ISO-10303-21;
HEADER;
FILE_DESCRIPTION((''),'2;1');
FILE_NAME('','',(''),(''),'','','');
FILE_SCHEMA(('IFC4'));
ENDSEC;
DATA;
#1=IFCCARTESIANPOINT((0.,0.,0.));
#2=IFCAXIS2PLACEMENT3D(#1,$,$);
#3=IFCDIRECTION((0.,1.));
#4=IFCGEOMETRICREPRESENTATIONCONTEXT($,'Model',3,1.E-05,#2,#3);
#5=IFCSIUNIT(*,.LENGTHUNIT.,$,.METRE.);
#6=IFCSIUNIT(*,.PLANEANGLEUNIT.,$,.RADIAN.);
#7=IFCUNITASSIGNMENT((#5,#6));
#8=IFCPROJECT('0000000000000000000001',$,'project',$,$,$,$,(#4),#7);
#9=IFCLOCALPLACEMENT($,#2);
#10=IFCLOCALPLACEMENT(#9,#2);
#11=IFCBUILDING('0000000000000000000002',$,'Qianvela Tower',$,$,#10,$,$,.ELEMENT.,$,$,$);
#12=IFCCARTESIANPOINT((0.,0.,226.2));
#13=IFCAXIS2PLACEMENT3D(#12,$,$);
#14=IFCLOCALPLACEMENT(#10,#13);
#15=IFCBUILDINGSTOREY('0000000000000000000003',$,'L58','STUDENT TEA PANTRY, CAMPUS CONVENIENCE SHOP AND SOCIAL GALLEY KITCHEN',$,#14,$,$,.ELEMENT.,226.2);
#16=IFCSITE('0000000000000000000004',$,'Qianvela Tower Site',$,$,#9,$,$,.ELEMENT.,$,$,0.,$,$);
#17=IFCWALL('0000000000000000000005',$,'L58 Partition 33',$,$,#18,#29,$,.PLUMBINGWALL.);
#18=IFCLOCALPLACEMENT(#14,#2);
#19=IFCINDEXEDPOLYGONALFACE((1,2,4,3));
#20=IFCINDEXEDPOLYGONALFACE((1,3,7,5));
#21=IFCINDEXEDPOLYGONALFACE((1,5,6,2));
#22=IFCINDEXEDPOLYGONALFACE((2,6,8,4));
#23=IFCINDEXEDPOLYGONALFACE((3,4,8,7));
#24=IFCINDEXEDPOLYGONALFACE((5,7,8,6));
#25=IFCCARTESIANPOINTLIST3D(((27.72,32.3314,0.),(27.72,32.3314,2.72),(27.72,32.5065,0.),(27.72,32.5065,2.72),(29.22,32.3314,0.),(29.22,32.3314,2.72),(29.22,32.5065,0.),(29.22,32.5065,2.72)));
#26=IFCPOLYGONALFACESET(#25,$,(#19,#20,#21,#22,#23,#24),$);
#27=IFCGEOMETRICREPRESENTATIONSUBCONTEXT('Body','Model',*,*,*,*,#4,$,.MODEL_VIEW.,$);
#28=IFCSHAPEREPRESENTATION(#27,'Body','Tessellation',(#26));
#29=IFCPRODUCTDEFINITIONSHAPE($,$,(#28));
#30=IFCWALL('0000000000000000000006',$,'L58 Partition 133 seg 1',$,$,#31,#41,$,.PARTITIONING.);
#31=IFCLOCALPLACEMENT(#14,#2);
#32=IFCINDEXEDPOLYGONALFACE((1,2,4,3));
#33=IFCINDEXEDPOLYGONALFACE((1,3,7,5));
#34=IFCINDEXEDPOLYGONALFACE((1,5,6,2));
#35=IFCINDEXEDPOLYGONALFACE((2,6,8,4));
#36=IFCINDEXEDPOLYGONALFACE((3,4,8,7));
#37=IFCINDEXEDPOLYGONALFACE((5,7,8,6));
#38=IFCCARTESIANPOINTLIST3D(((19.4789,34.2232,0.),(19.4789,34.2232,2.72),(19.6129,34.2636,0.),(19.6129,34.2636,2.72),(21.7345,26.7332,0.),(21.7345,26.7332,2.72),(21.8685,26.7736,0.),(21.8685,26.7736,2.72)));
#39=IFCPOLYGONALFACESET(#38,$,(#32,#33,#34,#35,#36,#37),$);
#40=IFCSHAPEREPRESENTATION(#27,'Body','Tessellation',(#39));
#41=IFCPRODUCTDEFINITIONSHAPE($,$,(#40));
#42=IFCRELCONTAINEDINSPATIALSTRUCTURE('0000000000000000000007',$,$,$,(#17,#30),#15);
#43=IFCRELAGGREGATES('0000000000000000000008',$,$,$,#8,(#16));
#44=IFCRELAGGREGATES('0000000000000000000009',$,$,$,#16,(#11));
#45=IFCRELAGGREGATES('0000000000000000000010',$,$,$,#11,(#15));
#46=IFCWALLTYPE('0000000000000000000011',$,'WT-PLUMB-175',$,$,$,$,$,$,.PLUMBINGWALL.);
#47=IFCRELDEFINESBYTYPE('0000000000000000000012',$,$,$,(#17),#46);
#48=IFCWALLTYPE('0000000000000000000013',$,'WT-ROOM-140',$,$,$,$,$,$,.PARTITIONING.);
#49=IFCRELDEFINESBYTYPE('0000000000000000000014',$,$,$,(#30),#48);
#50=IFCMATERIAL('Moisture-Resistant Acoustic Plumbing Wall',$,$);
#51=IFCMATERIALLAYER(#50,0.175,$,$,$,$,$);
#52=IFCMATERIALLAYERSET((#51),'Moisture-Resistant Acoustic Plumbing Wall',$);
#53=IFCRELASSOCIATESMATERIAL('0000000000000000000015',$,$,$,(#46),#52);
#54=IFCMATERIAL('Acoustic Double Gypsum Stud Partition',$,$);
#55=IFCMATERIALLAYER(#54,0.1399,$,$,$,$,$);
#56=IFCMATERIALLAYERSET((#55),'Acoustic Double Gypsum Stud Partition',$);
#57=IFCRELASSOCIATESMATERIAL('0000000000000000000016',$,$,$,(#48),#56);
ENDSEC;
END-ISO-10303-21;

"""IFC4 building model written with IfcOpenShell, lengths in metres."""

from ifc_helpers import new_model, si_unit, direction, frame, frame_2d, origin, place, context, subcontext, project, spatial, rectangle, extrude, material, layer, layer_set, type_object, element, save


model = new_model("IFC4")

# Units and contexts
model_context = context("Model", 3, precision=1e-05, world=origin(), true_north=direction((0.0, 1.0)))
body_context = subcontext(model_context, "Body", "Model", "MODEL_VIEW")
ifc_project = project(units=[si_unit("LENGTHUNIT", "METRE"), si_unit("PLANEANGLEUNIT", "RADIAN")], contexts=[model_context])

# Site, building, storey
site_placement = place(None, origin())
site = spatial("IfcSite", under=ifc_project, at=site_placement, Name="Qianvela Tower Site", CompositionType="ELEMENT", RefElevation=0.0)
building_placement = place(site_placement, origin())
building = spatial("IfcBuilding", under=site, at=building_placement, Name="Qianvela Tower", CompositionType="ELEMENT")
storey_placement = place(building_placement, frame((0.0, 0.0, 226.2)))
storey = spatial("IfcBuildingStorey", under=building, at=storey_placement, Name="L58", Description="STUDENT TEA PANTRY, CAMPUS CONVENIENCE SHOP AND SOCIAL GALLEY KITCHEN", CompositionType="ELEMENT", Elevation=226.2)

# Shared definitions
ifc_material_1 = material(Name="Moisture-Resistant Acoustic Plumbing Wall")
ifc_layer_1 = layer(ifc_material_1, 0.175)
ifc_layer_set_1 = layer_set([ifc_layer_1], Name="Moisture-Resistant Acoustic Plumbing Wall")
wall_type_1 = type_object("IfcWallType", Name="WT-PLUMB-175", PredefinedType="PLUMBINGWALL", material=ifc_layer_set_1)

# Walls
wall_1_placement = place(storey_placement, frame((27.72, 32.4189, 0.0), z_axis=(0.0, 0.0, 1.0), x_axis=(1.0, 0.0, 0.0)))
element("IfcWall", 1, at=wall_1_placement, inside=storey, type_object=wall_type_1, Name="L58 Partition 33", PredefinedType="PLUMBINGWALL", context=body_context, shape_type="SweptSolid", body=[
    extrude(rectangle(XDim=1.5, YDim=0.175, at=frame_2d((0.75, 0.0))), origin(), (0.0, 0.0, 1.0), 2.72),
])
ifc_material_2 = material(Name="Acoustic Double Gypsum Stud Partition")
ifc_layer_2 = layer(ifc_material_2, 0.1399)
ifc_layer_set_2 = layer_set([ifc_layer_2], Name="Acoustic Double Gypsum Stud Partition")
wall_type_2 = type_object("IfcWallType", Name="WT-ROOM-140", PredefinedType="PARTITIONING", material=ifc_layer_set_2)
wall_2_placement = place(storey_placement, frame((21.8015, 26.7534, 0.0), z_axis=(0.0, 0.0, 1.0), x_axis=(-0.288359, 0.957523, 0.0)))
element("IfcWall", 2, at=wall_2_placement, inside=storey, type_object=wall_type_2, Name="L58 Partition 133 seg 1", PredefinedType="PARTITIONING", context=body_context, shape_type="SweptSolid", body=[
    extrude(rectangle(XDim=7.8223, YDim=0.1399, at=frame_2d((3.9111, 0.0))), origin(), (0.0, 0.0, 1.0), 2.72),
])

save(model, "model.ifc")
